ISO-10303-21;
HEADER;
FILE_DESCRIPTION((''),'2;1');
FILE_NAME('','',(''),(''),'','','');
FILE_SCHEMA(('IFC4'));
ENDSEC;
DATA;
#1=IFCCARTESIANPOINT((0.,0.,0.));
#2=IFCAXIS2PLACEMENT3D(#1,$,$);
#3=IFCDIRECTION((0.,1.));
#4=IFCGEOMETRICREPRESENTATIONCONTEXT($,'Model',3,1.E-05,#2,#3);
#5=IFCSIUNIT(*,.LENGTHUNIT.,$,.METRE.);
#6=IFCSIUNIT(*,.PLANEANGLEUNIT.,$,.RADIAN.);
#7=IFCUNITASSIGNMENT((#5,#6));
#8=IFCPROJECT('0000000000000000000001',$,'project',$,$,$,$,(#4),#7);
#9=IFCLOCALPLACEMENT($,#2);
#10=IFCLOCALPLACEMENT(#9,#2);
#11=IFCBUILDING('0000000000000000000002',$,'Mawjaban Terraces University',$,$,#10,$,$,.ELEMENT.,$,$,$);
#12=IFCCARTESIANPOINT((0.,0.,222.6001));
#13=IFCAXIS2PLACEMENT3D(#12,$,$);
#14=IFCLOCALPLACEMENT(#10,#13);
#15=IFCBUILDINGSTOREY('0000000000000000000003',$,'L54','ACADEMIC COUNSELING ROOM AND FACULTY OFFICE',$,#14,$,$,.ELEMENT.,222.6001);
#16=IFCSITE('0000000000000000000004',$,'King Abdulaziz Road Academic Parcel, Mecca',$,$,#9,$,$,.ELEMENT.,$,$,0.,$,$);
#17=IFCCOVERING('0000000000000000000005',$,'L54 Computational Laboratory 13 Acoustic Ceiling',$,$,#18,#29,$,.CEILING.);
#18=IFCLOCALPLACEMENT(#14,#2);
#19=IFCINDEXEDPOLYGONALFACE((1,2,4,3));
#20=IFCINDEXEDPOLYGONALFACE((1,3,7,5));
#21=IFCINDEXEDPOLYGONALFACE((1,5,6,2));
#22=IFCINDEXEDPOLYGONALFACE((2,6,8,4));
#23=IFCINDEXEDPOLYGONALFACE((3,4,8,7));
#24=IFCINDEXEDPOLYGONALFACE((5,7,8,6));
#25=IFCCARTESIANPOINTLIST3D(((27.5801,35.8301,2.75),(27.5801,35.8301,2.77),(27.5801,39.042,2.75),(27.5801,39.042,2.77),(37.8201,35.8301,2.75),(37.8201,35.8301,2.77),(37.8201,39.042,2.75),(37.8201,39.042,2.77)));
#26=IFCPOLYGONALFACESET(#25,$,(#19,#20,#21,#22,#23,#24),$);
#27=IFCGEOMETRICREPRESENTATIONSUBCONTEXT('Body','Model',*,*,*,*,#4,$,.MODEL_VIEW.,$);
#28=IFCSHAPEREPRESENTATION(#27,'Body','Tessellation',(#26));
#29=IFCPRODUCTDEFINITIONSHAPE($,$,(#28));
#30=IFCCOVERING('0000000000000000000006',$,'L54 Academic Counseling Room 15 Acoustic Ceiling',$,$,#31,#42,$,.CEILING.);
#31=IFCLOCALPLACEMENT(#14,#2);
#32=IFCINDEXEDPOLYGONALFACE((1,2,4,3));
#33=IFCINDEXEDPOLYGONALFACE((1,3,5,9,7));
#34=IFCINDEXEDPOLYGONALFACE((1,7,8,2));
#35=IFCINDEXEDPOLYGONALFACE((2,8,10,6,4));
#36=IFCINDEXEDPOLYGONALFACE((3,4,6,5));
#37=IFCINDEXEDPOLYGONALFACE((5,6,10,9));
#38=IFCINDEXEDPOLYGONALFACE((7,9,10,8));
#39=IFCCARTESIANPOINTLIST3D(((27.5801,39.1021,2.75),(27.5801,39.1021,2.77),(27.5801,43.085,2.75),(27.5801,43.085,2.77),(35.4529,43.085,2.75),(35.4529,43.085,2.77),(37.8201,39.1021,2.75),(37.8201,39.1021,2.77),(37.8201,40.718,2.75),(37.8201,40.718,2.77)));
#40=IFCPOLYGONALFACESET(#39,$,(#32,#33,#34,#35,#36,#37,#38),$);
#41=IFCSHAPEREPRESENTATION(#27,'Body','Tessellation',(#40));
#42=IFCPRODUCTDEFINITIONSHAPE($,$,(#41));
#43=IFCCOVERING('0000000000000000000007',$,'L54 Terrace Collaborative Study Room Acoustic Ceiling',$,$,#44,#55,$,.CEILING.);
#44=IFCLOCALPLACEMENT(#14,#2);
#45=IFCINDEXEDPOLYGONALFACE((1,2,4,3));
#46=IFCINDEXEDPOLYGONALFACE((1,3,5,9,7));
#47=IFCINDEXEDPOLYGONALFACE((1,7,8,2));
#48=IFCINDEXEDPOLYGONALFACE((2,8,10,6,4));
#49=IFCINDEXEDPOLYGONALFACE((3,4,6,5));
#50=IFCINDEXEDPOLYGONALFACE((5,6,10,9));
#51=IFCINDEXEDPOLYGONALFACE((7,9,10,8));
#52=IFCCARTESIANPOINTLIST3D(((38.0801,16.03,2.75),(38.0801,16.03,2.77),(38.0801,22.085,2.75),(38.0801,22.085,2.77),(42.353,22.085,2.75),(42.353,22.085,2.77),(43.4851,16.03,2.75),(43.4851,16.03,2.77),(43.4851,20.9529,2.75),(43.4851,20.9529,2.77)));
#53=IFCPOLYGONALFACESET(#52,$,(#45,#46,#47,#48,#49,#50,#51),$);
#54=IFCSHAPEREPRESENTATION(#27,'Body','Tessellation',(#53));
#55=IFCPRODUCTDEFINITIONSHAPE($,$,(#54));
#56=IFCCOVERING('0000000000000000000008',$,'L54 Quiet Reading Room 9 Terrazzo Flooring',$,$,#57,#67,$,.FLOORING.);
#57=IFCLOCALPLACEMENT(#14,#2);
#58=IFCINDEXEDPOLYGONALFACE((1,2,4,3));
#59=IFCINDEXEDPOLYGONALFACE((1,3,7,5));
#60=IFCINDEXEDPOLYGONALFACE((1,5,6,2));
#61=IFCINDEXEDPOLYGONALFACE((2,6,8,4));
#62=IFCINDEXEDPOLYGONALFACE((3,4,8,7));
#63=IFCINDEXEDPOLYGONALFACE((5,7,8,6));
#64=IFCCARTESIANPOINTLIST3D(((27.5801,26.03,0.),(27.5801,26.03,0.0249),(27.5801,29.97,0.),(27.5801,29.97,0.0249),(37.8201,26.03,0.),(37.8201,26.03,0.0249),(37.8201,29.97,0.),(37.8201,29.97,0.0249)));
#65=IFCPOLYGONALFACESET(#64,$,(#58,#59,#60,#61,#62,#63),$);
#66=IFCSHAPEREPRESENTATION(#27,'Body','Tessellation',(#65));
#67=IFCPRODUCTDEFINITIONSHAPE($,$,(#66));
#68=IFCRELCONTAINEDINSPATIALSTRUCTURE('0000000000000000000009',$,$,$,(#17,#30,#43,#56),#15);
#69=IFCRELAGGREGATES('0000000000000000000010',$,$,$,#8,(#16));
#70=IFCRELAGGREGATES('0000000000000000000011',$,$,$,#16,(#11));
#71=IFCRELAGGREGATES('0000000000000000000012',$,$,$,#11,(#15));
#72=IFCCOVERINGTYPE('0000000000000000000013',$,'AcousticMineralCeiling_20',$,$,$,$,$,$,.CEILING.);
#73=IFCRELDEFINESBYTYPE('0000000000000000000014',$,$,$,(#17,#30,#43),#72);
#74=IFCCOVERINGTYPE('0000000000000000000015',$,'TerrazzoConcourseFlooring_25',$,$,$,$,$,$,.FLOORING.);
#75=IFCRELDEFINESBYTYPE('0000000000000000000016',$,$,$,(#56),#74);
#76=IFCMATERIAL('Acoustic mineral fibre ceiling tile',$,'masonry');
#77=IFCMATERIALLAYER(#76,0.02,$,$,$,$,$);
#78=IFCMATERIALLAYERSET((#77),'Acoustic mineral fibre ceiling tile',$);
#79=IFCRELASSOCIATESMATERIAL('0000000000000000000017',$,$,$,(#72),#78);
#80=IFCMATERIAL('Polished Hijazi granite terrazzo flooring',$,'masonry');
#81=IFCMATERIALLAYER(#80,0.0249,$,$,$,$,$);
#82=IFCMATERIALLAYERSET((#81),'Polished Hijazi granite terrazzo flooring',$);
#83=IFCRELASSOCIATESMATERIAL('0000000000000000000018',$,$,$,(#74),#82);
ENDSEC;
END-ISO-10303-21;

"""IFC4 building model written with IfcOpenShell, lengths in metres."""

from ifc_helpers import new_model, si_unit, direction, frame, origin, place, context, subcontext, project, spatial, polyline, outline, extrude, material, layer, layer_set, type_object, element, save


model = new_model("IFC4")

# Units and contexts
model_context = context("Model", 3, precision=1e-05, world=origin(), true_north=direction((0.0, 1.0)))
body_context = subcontext(model_context, "Body", "Model", "MODEL_VIEW")
ifc_project = project(units=[si_unit("LENGTHUNIT", "METRE"), si_unit("PLANEANGLEUNIT", "RADIAN")], contexts=[model_context])

# Site, building, storey
site_placement = place(None, origin())
site = spatial("IfcSite", under=ifc_project, at=site_placement, Name="King Abdulaziz Road Academic Parcel, Mecca", CompositionType="ELEMENT", RefElevation=0.0)
building_placement = place(site_placement, origin())
building = spatial("IfcBuilding", under=site, at=building_placement, Name="Mawjaban Terraces University", CompositionType="ELEMENT")
storey_placement = place(building_placement, frame((0.0, 0.0, 222.6001)))
storey = spatial("IfcBuildingStorey", under=building, at=storey_placement, Name="L54", Description="ACADEMIC COUNSELING ROOM AND FACULTY OFFICE", CompositionType="ELEMENT", Elevation=222.6001)

# Coverings
ifc_material_1 = material(Name="Acoustic mineral fibre ceiling tile", Category="masonry")
ifc_layer_1 = layer(ifc_material_1, 0.02)
ifc_layer_set_1 = layer_set([ifc_layer_1], Name="Acoustic mineral fibre ceiling tile")
covering_type_1 = type_object("IfcCoveringType", Name="AcousticMineralCeiling_20", PredefinedType="CEILING", material=ifc_layer_set_1)
covering_1_placement = place(storey_placement, frame((0.0, 0.0, 2.75)))
element("IfcCovering", 1, at=covering_1_placement, inside=storey, type_object=covering_type_1, Name="L54 Computational Laboratory 13 Acoustic Ceiling", PredefinedType="CEILING", context=body_context, shape_type="SweptSolid", body=[
    extrude(outline(polyline([(37.8201, 35.8301), (37.8201, 39.042), (27.5801, 39.042), (27.5801, 35.8301), (37.8201, 35.8301)])), origin(), (0.0, 0.0, 1.0), 0.02),
])
covering_2_placement = place(storey_placement, frame((0.0, 0.0, 2.75)))
element("IfcCovering", 2, at=covering_2_placement, inside=storey, type_object=covering_type_1, Name="L54 Academic Counseling Room 15 Acoustic Ceiling", PredefinedType="CEILING", context=body_context, shape_type="SweptSolid", body=[
    extrude(outline(polyline([(37.8201, 40.718), (35.4529, 43.085), (27.5801, 43.085), (27.5801, 39.1021), (37.8201, 39.1021), (37.8201, 40.718)])), origin(), (0.0, 0.0, 1.0), 0.02),
])
covering_3_placement = place(storey_placement, frame((0.0, 0.0, 2.75)))
element("IfcCovering", 3, at=covering_3_placement, inside=storey, type_object=covering_type_1, Name="L54 Terrace Collaborative Study Room Acoustic Ceiling", PredefinedType="CEILING", context=body_context, shape_type="SweptSolid", body=[
    extrude(outline(polyline([(43.4851, 16.03), (43.4851, 20.9529), (42.353, 22.085), (38.0801, 22.085), (38.0801, 16.03), (43.4851, 16.03)])), origin(), (0.0, 0.0, 1.0), 0.02),
])
ifc_material_2 = material(Name="Polished Hijazi granite terrazzo flooring", Category="masonry")
ifc_layer_2 = layer(ifc_material_2, 0.0249)
ifc_layer_set_2 = layer_set([ifc_layer_2], Name="Polished Hijazi granite terrazzo flooring")
covering_type_2 = type_object("IfcCoveringType", Name="TerrazzoConcourseFlooring_25", PredefinedType="FLOORING", material=ifc_layer_set_2)
covering_4_placement = place(storey_placement, origin())
element("IfcCovering", 4, at=covering_4_placement, inside=storey, type_object=covering_type_2, Name="L54 Quiet Reading Room 9 Terrazzo Flooring", PredefinedType="FLOORING", context=body_context, shape_type="SweptSolid", body=[
    extrude(outline(polyline([(37.8201, 26.03), (37.8201, 29.97), (27.5801, 29.97), (27.5801, 26.03), (37.8201, 26.03)])), origin(), (0.0, 0.0, 1.0), 0.0249),
])

save(model, "model.ifc")
